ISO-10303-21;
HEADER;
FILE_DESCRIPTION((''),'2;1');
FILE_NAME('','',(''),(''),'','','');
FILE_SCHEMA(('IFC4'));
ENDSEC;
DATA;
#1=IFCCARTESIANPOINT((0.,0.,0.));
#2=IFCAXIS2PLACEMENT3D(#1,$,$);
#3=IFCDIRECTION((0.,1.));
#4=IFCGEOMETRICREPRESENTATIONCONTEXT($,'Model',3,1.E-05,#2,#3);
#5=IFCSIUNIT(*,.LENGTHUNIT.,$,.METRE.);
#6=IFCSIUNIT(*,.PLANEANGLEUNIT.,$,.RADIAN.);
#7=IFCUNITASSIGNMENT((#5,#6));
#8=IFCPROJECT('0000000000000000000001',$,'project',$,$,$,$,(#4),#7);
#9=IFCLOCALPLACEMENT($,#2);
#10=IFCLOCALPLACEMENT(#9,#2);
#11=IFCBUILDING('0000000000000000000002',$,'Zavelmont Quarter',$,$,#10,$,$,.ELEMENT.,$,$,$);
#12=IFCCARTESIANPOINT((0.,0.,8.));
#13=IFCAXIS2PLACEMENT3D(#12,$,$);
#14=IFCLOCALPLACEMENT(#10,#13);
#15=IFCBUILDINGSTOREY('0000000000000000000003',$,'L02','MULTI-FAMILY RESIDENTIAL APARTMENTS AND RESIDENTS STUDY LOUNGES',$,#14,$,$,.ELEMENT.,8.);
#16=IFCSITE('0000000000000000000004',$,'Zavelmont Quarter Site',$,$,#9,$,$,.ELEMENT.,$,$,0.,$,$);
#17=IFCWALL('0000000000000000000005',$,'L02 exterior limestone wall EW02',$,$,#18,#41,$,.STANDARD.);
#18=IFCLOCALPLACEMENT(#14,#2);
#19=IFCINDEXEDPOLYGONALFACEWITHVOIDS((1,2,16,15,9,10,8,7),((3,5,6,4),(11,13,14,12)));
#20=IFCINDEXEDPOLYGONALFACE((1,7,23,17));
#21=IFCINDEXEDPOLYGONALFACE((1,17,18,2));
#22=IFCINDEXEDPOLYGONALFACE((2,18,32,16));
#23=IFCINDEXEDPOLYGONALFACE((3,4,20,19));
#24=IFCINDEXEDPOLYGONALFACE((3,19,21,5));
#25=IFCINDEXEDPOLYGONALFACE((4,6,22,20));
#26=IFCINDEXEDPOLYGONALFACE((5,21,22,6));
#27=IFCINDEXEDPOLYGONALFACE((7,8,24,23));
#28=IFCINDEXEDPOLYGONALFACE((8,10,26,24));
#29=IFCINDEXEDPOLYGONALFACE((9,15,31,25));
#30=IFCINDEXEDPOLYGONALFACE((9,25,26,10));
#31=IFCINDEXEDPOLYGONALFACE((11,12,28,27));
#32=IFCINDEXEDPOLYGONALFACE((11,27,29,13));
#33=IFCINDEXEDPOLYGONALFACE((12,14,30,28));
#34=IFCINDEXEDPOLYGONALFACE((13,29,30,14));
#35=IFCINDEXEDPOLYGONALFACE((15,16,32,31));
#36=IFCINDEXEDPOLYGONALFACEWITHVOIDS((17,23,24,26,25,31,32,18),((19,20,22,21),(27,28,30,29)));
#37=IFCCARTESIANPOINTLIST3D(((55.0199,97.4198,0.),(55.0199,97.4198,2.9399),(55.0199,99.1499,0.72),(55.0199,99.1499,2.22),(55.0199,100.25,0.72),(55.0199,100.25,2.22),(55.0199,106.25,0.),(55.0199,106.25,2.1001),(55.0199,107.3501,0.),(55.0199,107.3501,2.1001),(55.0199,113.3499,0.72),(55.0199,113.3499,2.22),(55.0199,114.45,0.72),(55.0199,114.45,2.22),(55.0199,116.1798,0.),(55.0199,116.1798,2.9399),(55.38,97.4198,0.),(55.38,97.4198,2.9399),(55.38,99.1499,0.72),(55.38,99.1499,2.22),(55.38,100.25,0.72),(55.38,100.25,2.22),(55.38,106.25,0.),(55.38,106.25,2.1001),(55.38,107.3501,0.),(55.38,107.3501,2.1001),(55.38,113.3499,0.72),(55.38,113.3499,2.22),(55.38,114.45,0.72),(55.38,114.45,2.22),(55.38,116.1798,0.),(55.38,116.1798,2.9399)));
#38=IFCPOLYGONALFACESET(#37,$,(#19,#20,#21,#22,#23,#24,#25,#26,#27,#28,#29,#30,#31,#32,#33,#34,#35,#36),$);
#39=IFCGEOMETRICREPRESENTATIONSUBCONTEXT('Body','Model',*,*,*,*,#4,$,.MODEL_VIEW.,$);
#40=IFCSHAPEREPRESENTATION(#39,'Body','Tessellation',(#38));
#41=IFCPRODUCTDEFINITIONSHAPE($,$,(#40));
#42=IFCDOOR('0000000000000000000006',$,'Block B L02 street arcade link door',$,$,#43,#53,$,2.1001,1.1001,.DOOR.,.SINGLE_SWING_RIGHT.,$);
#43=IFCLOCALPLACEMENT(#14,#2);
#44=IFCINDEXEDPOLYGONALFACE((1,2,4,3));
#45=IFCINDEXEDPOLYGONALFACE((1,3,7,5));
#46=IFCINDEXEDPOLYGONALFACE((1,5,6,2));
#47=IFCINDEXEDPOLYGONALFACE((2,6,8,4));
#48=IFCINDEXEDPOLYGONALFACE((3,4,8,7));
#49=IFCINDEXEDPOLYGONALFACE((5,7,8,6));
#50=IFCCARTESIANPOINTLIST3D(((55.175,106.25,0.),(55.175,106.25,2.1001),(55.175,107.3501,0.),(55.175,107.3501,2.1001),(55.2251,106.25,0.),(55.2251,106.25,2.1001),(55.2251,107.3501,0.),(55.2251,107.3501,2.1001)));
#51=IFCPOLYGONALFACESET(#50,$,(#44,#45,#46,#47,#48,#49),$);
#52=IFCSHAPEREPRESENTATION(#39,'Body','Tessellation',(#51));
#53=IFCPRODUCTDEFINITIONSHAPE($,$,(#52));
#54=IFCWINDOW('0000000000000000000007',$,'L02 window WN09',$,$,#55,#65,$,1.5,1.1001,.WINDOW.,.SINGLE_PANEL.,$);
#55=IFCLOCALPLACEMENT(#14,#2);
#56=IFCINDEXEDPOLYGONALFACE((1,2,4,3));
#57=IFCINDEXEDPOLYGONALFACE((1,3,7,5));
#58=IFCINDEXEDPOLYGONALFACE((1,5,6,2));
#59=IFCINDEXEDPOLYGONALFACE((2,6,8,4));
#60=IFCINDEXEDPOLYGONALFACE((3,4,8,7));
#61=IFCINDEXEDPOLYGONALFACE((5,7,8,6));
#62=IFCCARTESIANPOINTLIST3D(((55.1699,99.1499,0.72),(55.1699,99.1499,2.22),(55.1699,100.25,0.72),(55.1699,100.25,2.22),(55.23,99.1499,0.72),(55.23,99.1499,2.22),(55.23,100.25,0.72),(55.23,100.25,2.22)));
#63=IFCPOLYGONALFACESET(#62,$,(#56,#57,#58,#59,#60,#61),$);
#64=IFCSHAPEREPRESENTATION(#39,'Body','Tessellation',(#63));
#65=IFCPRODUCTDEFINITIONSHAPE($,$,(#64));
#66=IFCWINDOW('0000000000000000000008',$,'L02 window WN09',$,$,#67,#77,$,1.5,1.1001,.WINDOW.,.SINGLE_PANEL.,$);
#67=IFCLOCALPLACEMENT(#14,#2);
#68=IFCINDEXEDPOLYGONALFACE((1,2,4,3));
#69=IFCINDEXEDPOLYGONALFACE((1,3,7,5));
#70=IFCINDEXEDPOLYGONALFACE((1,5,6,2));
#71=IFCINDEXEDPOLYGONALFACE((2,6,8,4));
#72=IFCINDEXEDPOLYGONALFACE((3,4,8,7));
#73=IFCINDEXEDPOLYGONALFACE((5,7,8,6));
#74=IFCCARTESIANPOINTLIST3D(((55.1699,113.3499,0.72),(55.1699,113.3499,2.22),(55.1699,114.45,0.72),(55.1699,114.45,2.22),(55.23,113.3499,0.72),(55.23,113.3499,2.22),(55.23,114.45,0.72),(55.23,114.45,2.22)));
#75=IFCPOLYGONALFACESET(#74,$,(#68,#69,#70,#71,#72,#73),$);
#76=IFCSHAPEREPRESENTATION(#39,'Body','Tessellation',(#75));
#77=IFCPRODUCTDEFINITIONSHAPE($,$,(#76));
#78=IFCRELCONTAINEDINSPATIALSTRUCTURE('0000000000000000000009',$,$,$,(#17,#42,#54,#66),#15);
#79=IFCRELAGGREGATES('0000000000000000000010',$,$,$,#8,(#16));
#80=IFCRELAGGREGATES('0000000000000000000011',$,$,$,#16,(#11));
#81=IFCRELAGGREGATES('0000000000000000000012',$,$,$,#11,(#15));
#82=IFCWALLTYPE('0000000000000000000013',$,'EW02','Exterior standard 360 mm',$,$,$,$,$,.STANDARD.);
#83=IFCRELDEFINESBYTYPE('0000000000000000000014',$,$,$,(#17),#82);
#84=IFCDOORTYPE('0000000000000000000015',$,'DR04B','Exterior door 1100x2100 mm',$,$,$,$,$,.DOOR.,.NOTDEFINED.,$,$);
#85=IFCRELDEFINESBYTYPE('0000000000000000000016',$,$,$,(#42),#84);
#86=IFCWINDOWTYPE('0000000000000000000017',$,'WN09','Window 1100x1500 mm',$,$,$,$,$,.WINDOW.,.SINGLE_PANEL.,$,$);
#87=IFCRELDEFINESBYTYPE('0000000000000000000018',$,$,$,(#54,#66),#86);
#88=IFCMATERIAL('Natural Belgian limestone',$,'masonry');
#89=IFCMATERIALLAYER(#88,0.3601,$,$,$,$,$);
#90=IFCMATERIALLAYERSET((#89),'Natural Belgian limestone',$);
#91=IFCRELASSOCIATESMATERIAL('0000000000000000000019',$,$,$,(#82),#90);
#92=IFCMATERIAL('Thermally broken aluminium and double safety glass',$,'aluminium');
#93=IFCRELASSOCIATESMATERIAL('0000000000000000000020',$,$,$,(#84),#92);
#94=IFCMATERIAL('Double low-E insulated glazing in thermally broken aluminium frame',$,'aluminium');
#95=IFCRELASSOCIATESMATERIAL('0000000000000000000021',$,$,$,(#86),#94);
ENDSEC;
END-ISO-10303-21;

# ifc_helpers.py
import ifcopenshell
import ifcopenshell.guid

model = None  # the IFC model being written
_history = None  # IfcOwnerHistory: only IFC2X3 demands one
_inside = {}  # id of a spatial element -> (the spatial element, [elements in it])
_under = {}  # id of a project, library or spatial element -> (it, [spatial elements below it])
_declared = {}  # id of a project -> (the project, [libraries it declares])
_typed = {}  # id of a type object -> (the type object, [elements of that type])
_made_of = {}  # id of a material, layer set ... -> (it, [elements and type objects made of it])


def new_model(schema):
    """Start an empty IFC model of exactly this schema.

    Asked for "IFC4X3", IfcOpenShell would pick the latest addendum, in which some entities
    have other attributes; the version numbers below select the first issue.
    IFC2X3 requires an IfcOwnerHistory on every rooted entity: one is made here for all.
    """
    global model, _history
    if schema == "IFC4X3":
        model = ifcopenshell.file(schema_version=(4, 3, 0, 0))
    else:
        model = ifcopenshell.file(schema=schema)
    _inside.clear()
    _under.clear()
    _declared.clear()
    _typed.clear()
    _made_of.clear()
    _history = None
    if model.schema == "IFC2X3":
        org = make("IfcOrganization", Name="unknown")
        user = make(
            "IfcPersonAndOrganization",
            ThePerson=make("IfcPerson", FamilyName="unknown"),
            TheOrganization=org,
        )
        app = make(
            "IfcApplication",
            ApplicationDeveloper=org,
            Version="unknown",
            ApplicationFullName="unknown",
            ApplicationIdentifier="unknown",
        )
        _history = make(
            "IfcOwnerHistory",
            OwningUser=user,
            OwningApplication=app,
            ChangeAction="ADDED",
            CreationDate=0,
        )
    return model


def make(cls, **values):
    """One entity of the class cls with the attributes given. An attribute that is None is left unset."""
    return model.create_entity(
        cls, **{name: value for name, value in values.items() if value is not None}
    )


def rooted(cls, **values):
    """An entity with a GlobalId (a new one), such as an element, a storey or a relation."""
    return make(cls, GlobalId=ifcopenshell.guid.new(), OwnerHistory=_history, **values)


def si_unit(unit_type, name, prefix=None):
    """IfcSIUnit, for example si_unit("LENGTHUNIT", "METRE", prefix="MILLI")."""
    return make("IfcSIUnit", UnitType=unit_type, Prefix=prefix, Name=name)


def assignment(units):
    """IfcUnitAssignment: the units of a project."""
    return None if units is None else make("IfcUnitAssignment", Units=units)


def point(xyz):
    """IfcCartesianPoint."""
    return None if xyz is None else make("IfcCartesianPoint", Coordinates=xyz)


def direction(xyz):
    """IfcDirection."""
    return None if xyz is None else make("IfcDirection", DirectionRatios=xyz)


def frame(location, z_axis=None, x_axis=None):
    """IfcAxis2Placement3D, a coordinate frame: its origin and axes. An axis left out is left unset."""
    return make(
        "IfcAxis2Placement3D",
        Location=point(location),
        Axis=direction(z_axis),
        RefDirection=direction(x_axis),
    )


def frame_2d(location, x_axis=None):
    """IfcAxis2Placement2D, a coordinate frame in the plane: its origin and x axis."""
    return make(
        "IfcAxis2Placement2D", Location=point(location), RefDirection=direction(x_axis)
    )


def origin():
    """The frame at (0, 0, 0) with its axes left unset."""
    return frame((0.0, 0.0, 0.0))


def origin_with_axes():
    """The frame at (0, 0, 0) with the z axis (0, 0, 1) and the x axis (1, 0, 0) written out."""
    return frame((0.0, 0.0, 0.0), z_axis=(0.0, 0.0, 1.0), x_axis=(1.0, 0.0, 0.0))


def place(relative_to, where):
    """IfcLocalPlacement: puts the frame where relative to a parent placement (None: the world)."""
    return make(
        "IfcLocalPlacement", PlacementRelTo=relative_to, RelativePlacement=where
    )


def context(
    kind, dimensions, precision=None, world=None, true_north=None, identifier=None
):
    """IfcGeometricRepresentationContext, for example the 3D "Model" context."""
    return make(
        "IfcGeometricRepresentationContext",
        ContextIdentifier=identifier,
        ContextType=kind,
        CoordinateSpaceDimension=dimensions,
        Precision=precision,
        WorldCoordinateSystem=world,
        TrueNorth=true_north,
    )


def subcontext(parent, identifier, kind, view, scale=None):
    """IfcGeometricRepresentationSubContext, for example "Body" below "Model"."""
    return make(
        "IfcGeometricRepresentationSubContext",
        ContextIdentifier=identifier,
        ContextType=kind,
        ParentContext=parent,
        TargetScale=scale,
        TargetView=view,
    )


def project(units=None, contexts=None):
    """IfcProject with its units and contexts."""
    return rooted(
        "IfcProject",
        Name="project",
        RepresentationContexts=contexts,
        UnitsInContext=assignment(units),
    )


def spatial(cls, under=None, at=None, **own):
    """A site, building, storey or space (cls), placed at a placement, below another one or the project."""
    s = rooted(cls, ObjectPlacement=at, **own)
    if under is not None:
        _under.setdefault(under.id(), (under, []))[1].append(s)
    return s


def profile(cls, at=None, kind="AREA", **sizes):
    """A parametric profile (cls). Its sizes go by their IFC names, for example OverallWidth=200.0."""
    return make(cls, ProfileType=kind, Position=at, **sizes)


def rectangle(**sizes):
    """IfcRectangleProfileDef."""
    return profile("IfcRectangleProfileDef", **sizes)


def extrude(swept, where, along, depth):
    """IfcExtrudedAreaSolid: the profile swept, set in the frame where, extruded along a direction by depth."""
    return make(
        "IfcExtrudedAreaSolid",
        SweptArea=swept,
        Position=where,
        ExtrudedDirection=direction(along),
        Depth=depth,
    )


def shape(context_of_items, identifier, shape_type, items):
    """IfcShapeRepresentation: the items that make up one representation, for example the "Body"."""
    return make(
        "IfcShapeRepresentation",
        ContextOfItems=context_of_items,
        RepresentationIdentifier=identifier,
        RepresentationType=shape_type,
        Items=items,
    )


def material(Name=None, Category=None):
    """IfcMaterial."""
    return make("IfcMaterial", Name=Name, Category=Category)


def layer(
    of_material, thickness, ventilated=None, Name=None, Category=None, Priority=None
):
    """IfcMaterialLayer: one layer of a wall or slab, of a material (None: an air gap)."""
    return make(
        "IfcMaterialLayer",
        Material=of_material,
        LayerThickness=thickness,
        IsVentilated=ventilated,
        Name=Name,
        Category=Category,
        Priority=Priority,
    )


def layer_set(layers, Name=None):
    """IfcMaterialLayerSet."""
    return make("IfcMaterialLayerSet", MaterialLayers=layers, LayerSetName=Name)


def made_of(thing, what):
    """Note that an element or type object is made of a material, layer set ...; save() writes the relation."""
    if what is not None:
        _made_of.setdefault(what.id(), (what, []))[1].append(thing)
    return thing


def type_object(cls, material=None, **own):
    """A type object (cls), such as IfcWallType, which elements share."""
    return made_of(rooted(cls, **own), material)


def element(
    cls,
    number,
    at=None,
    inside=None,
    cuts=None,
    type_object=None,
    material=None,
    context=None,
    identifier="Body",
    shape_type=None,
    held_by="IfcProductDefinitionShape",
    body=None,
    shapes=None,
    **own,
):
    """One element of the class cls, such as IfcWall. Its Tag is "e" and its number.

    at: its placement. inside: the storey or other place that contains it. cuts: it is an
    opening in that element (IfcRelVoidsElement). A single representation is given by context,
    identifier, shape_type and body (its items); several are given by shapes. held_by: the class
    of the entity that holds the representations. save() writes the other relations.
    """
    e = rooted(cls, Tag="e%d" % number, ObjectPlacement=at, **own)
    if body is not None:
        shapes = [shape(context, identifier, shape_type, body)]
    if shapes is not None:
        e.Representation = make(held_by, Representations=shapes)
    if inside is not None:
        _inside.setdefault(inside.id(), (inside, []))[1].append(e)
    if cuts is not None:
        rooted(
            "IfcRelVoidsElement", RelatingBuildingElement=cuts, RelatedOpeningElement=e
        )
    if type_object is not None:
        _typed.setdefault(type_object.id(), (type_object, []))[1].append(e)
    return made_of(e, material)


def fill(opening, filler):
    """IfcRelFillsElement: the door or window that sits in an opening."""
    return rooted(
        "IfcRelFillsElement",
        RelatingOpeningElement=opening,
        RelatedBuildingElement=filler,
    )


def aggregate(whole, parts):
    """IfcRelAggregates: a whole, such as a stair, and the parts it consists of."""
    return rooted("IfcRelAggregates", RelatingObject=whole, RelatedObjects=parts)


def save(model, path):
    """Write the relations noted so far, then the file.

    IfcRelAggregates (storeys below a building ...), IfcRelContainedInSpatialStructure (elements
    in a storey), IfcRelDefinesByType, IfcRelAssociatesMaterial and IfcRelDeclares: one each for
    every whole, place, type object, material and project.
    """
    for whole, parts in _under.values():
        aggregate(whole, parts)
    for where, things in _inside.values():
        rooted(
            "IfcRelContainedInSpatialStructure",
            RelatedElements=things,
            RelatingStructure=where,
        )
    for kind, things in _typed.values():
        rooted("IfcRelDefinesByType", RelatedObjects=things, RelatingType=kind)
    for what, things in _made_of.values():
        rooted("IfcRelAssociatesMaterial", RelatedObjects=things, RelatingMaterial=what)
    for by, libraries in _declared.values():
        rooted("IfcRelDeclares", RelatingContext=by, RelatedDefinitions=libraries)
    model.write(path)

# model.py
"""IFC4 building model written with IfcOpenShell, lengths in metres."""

from ifc_helpers import new_model, si_unit, direction, frame, frame_2d, origin, origin_with_axes, place, context, subcontext, project, spatial, rectangle, extrude, material, layer, layer_set, type_object, element, fill, save


model = new_model("IFC4")

# Units and contexts
model_context = context("Model", 3, precision=1e-05, world=origin(), true_north=direction((0.0, 1.0)))
body_context = subcontext(model_context, "Body", "Model", "MODEL_VIEW")
ifc_project = project(units=[si_unit("LENGTHUNIT", "METRE"), si_unit("PLANEANGLEUNIT", "RADIAN")], contexts=[model_context])

# Site, building, storey
site_placement = place(None, origin())
site = spatial("IfcSite", under=ifc_project, at=site_placement, Name="Zavelmont Quarter Site", CompositionType="ELEMENT", RefElevation=0.0)
building_placement = place(site_placement, origin())
building = spatial("IfcBuilding", under=site, at=building_placement, Name="Zavelmont Quarter", CompositionType="ELEMENT")
storey_placement = place(building_placement, frame((0.0, 0.0, 8.0)))
storey = spatial("IfcBuildingStorey", under=building, at=storey_placement, Name="L02", Description="MULTI-FAMILY RESIDENTIAL APARTMENTS AND RESIDENTS STUDY LOUNGES", CompositionType="ELEMENT", Elevation=8.0)

# Wall, openings, door, windows
ifc_material_1 = material(Name="Natural Belgian limestone", Category="masonry")
ifc_layer = layer(ifc_material_1, 0.3601)
ifc_layer_set = layer_set([ifc_layer], Name="Natural Belgian limestone")
wall_type = type_object("IfcWallType", Name="EW02", Description="Exterior standard 360 mm", PredefinedType="STANDARD", material=ifc_layer_set)
wall_placement = place(storey_placement, frame((55.2, 97.4199, 0.0), z_axis=(0.0, 0.0, 1.0), x_axis=(0.0, 1.0, 0.0)))
wall = element("IfcWall", 1, at=wall_placement, inside=storey, type_object=wall_type, Name="L02 exterior limestone wall EW02", PredefinedType="STANDARD", context=body_context, shape_type="SweptSolid", body=[
    extrude(rectangle(XDim=18.76, YDim=0.3601, at=frame_2d((9.3799, 0.0))), origin(), (0.0, 0.0, 1.0), 2.9399),
])
opening_1_placement = place(wall_placement, frame((8.8301, 0.0, 0.0)))
opening_1 = element("IfcOpeningElement", 2, at=opening_1_placement, cuts=wall, PredefinedType="OPENING", context=body_context, shape_type="SweptSolid", body=[
    extrude(rectangle(XDim=1.1001, YDim=2.1001, at=frame_2d((0.55, 1.05))), frame((0.0, 0.1919, 0.0), z_axis=(0.0, -1.0, 0.0), x_axis=(1.0, 0.0, 0.0)), (0.0, 0.0, 1.0), 0.384),
])
opening_2_placement = place(wall_placement, frame((1.73, 0.0, 0.72)))
opening_2 = element("IfcOpeningElement", 3, at=opening_2_placement, cuts=wall, PredefinedType="OPENING", context=body_context, shape_type="SweptSolid", body=[
    extrude(rectangle(XDim=1.1001, YDim=1.5, at=frame_2d((0.55, 0.75))), frame((0.0, 0.1919, 0.0), z_axis=(0.0, -1.0, 0.0), x_axis=(1.0, 0.0, 0.0)), (0.0, 0.0, 1.0), 0.384),
])
opening_3_placement = place(wall_placement, frame((15.9299, 0.0, 0.72)))
opening_3 = element("IfcOpeningElement", 4, at=opening_3_placement, cuts=wall, PredefinedType="OPENING", context=body_context, shape_type="SweptSolid", body=[
    extrude(rectangle(XDim=1.1001, YDim=1.5, at=frame_2d((0.55, 0.75))), frame((0.0, 0.1919, 0.0), z_axis=(0.0, -1.0, 0.0), x_axis=(1.0, 0.0, 0.0)), (0.0, 0.0, 1.0), 0.384),
])
ifc_material_2 = material(Name="Thermally broken aluminium and double safety glass", Category="aluminium")
door_type = type_object("IfcDoorType", Name="DR04B", Description="Exterior door 1100x2100 mm", OperationType="NOTDEFINED", PredefinedType="DOOR", material=ifc_material_2)
door_placement = place(opening_1_placement, origin_with_axes())
door = element("IfcDoor", 5, at=door_placement, inside=storey, type_object=door_type, Name="Block B L02 street arcade link door", OperationType="SINGLE_SWING_RIGHT", OverallHeight=2.1001, OverallWidth=1.1001, PredefinedType="DOOR", context=body_context, shape_type="SweptSolid", body=[
    extrude(rectangle(XDim=1.1001, YDim=2.1001, at=frame_2d((0.55, 1.05))), frame((0.0, 0.0249, 0.0), z_axis=(0.0, -1.0, 0.0), x_axis=(1.0, 0.0, 0.0)), (0.0, 0.0, 1.0), 0.05),
])
fill(opening_1, door)
ifc_material_3 = material(Name="Double low-E insulated glazing in thermally broken aluminium frame", Category="aluminium")
window_type = type_object("IfcWindowType", Name="WN09", Description="Window 1100x1500 mm", PartitioningType="SINGLE_PANEL", PredefinedType="WINDOW", material=ifc_material_3)
window_1_placement = place(opening_2_placement, origin_with_axes())
window_1 = element("IfcWindow", 6, at=window_1_placement, inside=storey, type_object=window_type, Name="L02 window WN09", OverallHeight=1.5, OverallWidth=1.1001, PartitioningType="SINGLE_PANEL", PredefinedType="WINDOW", context=body_context, shape_type="SweptSolid", body=[
    extrude(rectangle(XDim=1.1001, YDim=1.5, at=frame_2d((0.55, 0.75))), frame((0.0, 0.03, 0.0), z_axis=(0.0, -1.0, 0.0), x_axis=(1.0, 0.0, 0.0)), (0.0, 0.0, 1.0), 0.0601),
])
fill(opening_2, window_1)
window_2_placement = place(opening_3_placement, origin_with_axes())
window_2 = element("IfcWindow", 7, at=window_2_placement, inside=storey, type_object=window_type, Name="L02 window WN09", OverallHeight=1.5, OverallWidth=1.1001, PartitioningType="SINGLE_PANEL", PredefinedType="WINDOW", context=body_context, shape_type="SweptSolid", body=[
    extrude(rectangle(XDim=1.1001, YDim=1.5, at=frame_2d((0.55, 0.75))), frame((0.0, 0.03, 0.0), z_axis=(0.0, -1.0, 0.0), x_axis=(1.0, 0.0, 0.0)), (0.0, 0.0, 1.0), 0.0601),
])
fill(opening_3, window_2)

save(model, "model.ifc")
